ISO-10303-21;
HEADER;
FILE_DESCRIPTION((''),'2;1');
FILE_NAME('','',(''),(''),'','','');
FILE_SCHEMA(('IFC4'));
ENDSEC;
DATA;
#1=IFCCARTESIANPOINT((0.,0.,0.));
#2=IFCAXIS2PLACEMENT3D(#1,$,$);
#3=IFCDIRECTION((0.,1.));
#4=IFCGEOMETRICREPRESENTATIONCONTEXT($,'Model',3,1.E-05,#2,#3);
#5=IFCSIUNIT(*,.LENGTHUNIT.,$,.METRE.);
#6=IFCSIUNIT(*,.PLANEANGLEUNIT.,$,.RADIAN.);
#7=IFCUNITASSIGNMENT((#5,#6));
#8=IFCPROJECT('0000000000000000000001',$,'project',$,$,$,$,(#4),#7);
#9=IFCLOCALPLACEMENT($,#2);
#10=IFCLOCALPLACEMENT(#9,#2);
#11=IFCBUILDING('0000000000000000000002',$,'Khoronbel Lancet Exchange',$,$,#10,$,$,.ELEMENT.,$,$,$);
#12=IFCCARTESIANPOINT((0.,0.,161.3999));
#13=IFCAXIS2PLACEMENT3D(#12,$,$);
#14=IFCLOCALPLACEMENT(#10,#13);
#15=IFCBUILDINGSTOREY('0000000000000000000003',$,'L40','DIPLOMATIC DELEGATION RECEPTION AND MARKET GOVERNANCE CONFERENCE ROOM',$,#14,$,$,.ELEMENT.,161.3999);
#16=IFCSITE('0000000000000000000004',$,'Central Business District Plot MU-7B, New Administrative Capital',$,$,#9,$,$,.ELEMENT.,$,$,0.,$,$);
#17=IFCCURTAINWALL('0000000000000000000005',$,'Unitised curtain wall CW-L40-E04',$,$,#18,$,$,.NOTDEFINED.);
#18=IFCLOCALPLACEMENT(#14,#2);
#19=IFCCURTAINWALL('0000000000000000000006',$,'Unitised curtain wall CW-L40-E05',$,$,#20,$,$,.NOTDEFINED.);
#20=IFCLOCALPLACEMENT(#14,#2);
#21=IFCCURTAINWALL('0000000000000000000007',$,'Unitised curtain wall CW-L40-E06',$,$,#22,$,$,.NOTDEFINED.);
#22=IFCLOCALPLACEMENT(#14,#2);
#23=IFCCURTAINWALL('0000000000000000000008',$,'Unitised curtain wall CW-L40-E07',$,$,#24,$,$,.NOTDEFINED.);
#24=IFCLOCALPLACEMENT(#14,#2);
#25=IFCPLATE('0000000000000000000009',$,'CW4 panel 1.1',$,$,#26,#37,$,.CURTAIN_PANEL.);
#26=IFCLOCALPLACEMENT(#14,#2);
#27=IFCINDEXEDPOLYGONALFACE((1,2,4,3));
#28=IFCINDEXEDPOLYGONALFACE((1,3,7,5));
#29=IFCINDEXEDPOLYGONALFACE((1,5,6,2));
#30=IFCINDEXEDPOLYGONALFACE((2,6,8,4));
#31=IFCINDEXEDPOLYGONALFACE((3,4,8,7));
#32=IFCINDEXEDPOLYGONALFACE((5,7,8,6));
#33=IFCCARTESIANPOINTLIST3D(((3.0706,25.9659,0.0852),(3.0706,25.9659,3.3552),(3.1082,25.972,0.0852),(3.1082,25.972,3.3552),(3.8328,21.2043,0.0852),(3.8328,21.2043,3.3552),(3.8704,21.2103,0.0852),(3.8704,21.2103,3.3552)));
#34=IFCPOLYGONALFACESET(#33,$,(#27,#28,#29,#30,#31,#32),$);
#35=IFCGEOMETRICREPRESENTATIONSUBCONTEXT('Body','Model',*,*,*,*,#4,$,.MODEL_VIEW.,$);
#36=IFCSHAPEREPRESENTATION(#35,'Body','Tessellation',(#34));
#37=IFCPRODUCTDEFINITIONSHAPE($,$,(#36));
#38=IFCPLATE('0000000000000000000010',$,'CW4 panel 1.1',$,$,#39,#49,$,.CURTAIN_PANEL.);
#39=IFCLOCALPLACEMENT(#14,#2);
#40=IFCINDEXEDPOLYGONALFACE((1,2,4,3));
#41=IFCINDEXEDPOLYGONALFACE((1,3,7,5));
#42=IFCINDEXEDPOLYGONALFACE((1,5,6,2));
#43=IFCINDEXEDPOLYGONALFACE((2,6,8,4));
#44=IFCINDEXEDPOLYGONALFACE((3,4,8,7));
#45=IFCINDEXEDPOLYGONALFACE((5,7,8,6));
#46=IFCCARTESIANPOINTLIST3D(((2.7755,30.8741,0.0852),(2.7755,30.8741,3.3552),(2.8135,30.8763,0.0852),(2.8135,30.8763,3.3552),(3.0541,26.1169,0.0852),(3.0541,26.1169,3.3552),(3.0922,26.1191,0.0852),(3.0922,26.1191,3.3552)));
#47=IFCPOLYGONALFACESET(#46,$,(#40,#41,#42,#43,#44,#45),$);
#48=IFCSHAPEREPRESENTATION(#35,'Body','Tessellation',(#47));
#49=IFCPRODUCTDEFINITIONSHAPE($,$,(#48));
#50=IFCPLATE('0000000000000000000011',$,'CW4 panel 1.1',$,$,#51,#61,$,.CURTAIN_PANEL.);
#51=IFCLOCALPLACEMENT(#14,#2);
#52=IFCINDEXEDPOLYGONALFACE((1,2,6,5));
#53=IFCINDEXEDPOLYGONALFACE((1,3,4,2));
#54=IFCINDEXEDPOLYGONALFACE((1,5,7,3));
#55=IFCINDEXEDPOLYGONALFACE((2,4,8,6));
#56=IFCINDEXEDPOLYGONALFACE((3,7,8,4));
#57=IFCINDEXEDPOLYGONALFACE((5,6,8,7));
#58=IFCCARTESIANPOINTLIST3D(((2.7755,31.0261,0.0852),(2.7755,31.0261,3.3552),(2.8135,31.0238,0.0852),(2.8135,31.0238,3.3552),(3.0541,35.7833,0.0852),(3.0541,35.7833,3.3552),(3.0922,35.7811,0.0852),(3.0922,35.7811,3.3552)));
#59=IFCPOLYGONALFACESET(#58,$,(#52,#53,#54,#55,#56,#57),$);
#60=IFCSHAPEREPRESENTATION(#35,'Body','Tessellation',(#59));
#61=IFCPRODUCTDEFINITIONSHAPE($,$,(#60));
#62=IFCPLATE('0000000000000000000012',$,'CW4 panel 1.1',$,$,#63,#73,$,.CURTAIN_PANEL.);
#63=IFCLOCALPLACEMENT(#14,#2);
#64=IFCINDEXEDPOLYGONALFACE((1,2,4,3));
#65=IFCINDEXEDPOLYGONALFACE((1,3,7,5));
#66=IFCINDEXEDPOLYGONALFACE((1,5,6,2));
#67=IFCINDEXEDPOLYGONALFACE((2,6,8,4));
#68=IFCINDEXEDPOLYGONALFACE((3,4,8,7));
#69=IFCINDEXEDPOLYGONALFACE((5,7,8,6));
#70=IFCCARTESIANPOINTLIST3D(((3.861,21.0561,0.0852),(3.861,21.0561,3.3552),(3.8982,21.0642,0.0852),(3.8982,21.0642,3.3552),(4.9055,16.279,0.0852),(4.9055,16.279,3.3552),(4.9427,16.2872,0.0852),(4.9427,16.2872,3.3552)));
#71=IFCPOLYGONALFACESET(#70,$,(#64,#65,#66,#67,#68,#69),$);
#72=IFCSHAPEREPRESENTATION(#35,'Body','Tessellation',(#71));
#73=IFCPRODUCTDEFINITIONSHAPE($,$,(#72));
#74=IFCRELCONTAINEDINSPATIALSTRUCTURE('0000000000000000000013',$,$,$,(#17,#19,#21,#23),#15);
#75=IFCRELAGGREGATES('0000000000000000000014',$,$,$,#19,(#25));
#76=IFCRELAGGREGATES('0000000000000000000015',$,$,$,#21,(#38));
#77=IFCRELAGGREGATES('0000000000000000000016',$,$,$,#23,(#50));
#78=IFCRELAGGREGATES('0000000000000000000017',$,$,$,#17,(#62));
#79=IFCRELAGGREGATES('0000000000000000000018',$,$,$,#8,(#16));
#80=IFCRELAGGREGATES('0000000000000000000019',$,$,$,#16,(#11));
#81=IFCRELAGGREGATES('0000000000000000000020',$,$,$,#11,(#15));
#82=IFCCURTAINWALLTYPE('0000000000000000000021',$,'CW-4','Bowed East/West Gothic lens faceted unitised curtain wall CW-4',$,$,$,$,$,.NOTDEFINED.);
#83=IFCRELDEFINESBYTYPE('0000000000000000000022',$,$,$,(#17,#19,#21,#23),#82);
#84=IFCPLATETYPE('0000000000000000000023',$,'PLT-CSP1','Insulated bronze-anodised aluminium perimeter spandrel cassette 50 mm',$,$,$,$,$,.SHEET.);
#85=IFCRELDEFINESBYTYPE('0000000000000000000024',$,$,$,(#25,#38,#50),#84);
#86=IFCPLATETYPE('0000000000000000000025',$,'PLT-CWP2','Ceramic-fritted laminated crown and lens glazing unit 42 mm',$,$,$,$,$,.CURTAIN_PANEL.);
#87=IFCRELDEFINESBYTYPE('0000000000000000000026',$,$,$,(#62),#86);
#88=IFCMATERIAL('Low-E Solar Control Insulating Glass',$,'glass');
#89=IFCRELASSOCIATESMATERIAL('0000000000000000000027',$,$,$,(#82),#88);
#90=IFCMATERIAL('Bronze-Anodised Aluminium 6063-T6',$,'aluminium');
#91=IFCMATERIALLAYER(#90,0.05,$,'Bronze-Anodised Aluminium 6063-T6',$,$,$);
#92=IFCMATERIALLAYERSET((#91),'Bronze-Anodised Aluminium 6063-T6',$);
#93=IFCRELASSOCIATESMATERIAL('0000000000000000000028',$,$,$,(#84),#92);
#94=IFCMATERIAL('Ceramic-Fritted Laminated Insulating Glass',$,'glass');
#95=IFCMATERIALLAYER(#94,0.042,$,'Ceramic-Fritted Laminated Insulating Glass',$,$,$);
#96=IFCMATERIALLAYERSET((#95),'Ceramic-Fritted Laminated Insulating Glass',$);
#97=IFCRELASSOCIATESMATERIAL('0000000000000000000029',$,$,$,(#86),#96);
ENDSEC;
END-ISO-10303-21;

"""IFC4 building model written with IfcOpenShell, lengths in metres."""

from ifc_helpers import new_model, si_unit, direction, frame, origin, origin_2d, place, context, subcontext, project, spatial, rectangle, extrude, material, layer, layer_set, type_object, element, aggregate, save


model = new_model("IFC4")

# Units and contexts
model_context = context("Model", 3, precision=1e-05, world=origin(), true_north=direction((0.0, 1.0)))
body_context = subcontext(model_context, "Body", "Model", "MODEL_VIEW")
ifc_project = project(units=[si_unit("LENGTHUNIT", "METRE"), si_unit("PLANEANGLEUNIT", "RADIAN")], contexts=[model_context])

# Site, building, storey
site_placement = place(None, origin())
site = spatial("IfcSite", under=ifc_project, at=site_placement, Name="Central Business District Plot MU-7B, New Administrative Capital", CompositionType="ELEMENT", RefElevation=0.0)
building_placement = place(site_placement, origin())
building = spatial("IfcBuilding", under=site, at=building_placement, Name="Khoronbel Lancet Exchange", CompositionType="ELEMENT")
storey_placement = place(building_placement, frame((0.0, 0.0, 161.3999)))
storey = spatial("IfcBuildingStorey", under=building, at=storey_placement, Name="L40", Description="DIPLOMATIC DELEGATION RECEPTION AND MARKET GOVERNANCE CONFERENCE ROOM", CompositionType="ELEMENT", Elevation=161.3999)

# Curtain walls
ifc_material_1 = material(Name="Low-E Solar Control Insulating Glass", Category="glass")
curtain_wall_type = type_object("IfcCurtainWallType", Name="CW-4", Description="Bowed East/West Gothic lens faceted unitised curtain wall CW-4", PredefinedType="NOTDEFINED", material=ifc_material_1)
curtain_wall_1_placement = place(storey_placement, origin())
curtain_wall_1 = element("IfcCurtainWall", 1, at=curtain_wall_1_placement, inside=storey, type_object=curtain_wall_type, Name="Unitised curtain wall CW-L40-E04", PredefinedType="NOTDEFINED")
ifc_material_2 = material(Name="Bronze-Anodised Aluminium 6063-T6", Category="aluminium")
curtain_wall_2_placement = place(storey_placement, origin())
curtain_wall_2 = element("IfcCurtainWall", 2, at=curtain_wall_2_placement, inside=storey, type_object=curtain_wall_type, Name="Unitised curtain wall CW-L40-E05", PredefinedType="NOTDEFINED")
curtain_wall_3_placement = place(storey_placement, origin())
curtain_wall_3 = element("IfcCurtainWall", 3, at=curtain_wall_3_placement, inside=storey, type_object=curtain_wall_type, Name="Unitised curtain wall CW-L40-E06", PredefinedType="NOTDEFINED")

# Curtain wall
curtain_wall_4_placement = place(storey_placement, origin())
curtain_wall_4 = element("IfcCurtainWall", 4, at=curtain_wall_4_placement, inside=storey, type_object=curtain_wall_type, Name="Unitised curtain wall CW-L40-E07", PredefinedType="NOTDEFINED")

# Plates
ifc_layer_1 = layer(ifc_material_2, 0.05, Name="Bronze-Anodised Aluminium 6063-T6")
ifc_layer_set_1 = layer_set([ifc_layer_1], Name="Bronze-Anodised Aluminium 6063-T6")
plate_type_1 = type_object("IfcPlateType", Name="PLT-CSP1", Description="Insulated bronze-anodised aluminium perimeter spandrel cassette 50 mm", PredefinedType="SHEET", material=ifc_layer_set_1)
plate_1_placement = place(storey_placement, frame((3.4705, 23.5881, 0.0852), z_axis=(0.0, 0.0, 1.0), x_axis=(-0.158059, 0.98743, 0.0)))
plate_1 = element("IfcPlate", 5, at=plate_1_placement, type_object=plate_type_1, Name="CW4 panel 1.1", PredefinedType="CURTAIN_PANEL", context=body_context, shape_type="SweptSolid", body=[
    extrude(rectangle(XDim=4.8223, YDim=0.0381, at=origin_2d()), origin(), (0.0, 0.0, 1.0), 3.27),
])
aggregate(curtain_wall_2, [plate_1])
plate_2_placement = place(storey_placement, frame((2.9338, 28.4966, 0.0852), z_axis=(0.0, 0.0, 1.0), x_axis=(-0.05847, 0.998289, 0.0)))
plate_2 = element("IfcPlate", 6, at=plate_2_placement, type_object=plate_type_1, Name="CW4 panel 1.1", PredefinedType="CURTAIN_PANEL", context=body_context, shape_type="SweptSolid", body=[
    extrude(rectangle(XDim=4.7654, YDim=0.0381, at=origin_2d()), origin(), (0.0, 0.0, 1.0), 3.27),
])
aggregate(curtain_wall_3, [plate_2])
plate_3_placement = place(storey_placement, frame((2.9338, 33.4036, 0.0852), z_axis=(0.0, 0.0, 1.0), x_axis=(0.05847, 0.998289, 0.0)))
plate_3 = element("IfcPlate", 7, at=plate_3_placement, type_object=plate_type_1, Name="CW4 panel 1.1", PredefinedType="CURTAIN_PANEL", context=body_context, shape_type="SweptSolid", body=[
    extrude(rectangle(XDim=4.7654, YDim=0.0381, at=origin_2d()), origin(), (0.0, 0.0, 1.0), 3.27),
])
aggregate(curtain_wall_4, [plate_3])
ifc_material_3 = material(Name="Ceramic-Fritted Laminated Insulating Glass", Category="glass")
ifc_layer_2 = layer(ifc_material_3, 0.042, Name="Ceramic-Fritted Laminated Insulating Glass")
ifc_layer_set_2 = layer_set([ifc_layer_2], Name="Ceramic-Fritted Laminated Insulating Glass")
plate_type_2 = type_object("IfcPlateType", Name="PLT-CWP2", Description="Ceramic-fritted laminated crown and lens glazing unit 42 mm", PredefinedType="CURTAIN_PANEL", material=ifc_layer_set_2)
plate_4_placement = place(storey_placement, frame((4.4019, 18.6716, 0.0852), z_axis=(0.0, 0.0, 1.0), x_axis=(-0.213591, 0.976923, 0.0)))
plate_4 = element("IfcPlate", 8, at=plate_4_placement, type_object=plate_type_2, Name="CW4 panel 1.1", PredefinedType="CURTAIN_PANEL", context=body_context, shape_type="SweptSolid", body=[
    extrude(rectangle(XDim=4.8899, YDim=0.0381, at=origin_2d()), origin(), (0.0, 0.0, 1.0), 3.27),
])
aggregate(curtain_wall_1, [plate_4])

save(model, "model.ifc")
